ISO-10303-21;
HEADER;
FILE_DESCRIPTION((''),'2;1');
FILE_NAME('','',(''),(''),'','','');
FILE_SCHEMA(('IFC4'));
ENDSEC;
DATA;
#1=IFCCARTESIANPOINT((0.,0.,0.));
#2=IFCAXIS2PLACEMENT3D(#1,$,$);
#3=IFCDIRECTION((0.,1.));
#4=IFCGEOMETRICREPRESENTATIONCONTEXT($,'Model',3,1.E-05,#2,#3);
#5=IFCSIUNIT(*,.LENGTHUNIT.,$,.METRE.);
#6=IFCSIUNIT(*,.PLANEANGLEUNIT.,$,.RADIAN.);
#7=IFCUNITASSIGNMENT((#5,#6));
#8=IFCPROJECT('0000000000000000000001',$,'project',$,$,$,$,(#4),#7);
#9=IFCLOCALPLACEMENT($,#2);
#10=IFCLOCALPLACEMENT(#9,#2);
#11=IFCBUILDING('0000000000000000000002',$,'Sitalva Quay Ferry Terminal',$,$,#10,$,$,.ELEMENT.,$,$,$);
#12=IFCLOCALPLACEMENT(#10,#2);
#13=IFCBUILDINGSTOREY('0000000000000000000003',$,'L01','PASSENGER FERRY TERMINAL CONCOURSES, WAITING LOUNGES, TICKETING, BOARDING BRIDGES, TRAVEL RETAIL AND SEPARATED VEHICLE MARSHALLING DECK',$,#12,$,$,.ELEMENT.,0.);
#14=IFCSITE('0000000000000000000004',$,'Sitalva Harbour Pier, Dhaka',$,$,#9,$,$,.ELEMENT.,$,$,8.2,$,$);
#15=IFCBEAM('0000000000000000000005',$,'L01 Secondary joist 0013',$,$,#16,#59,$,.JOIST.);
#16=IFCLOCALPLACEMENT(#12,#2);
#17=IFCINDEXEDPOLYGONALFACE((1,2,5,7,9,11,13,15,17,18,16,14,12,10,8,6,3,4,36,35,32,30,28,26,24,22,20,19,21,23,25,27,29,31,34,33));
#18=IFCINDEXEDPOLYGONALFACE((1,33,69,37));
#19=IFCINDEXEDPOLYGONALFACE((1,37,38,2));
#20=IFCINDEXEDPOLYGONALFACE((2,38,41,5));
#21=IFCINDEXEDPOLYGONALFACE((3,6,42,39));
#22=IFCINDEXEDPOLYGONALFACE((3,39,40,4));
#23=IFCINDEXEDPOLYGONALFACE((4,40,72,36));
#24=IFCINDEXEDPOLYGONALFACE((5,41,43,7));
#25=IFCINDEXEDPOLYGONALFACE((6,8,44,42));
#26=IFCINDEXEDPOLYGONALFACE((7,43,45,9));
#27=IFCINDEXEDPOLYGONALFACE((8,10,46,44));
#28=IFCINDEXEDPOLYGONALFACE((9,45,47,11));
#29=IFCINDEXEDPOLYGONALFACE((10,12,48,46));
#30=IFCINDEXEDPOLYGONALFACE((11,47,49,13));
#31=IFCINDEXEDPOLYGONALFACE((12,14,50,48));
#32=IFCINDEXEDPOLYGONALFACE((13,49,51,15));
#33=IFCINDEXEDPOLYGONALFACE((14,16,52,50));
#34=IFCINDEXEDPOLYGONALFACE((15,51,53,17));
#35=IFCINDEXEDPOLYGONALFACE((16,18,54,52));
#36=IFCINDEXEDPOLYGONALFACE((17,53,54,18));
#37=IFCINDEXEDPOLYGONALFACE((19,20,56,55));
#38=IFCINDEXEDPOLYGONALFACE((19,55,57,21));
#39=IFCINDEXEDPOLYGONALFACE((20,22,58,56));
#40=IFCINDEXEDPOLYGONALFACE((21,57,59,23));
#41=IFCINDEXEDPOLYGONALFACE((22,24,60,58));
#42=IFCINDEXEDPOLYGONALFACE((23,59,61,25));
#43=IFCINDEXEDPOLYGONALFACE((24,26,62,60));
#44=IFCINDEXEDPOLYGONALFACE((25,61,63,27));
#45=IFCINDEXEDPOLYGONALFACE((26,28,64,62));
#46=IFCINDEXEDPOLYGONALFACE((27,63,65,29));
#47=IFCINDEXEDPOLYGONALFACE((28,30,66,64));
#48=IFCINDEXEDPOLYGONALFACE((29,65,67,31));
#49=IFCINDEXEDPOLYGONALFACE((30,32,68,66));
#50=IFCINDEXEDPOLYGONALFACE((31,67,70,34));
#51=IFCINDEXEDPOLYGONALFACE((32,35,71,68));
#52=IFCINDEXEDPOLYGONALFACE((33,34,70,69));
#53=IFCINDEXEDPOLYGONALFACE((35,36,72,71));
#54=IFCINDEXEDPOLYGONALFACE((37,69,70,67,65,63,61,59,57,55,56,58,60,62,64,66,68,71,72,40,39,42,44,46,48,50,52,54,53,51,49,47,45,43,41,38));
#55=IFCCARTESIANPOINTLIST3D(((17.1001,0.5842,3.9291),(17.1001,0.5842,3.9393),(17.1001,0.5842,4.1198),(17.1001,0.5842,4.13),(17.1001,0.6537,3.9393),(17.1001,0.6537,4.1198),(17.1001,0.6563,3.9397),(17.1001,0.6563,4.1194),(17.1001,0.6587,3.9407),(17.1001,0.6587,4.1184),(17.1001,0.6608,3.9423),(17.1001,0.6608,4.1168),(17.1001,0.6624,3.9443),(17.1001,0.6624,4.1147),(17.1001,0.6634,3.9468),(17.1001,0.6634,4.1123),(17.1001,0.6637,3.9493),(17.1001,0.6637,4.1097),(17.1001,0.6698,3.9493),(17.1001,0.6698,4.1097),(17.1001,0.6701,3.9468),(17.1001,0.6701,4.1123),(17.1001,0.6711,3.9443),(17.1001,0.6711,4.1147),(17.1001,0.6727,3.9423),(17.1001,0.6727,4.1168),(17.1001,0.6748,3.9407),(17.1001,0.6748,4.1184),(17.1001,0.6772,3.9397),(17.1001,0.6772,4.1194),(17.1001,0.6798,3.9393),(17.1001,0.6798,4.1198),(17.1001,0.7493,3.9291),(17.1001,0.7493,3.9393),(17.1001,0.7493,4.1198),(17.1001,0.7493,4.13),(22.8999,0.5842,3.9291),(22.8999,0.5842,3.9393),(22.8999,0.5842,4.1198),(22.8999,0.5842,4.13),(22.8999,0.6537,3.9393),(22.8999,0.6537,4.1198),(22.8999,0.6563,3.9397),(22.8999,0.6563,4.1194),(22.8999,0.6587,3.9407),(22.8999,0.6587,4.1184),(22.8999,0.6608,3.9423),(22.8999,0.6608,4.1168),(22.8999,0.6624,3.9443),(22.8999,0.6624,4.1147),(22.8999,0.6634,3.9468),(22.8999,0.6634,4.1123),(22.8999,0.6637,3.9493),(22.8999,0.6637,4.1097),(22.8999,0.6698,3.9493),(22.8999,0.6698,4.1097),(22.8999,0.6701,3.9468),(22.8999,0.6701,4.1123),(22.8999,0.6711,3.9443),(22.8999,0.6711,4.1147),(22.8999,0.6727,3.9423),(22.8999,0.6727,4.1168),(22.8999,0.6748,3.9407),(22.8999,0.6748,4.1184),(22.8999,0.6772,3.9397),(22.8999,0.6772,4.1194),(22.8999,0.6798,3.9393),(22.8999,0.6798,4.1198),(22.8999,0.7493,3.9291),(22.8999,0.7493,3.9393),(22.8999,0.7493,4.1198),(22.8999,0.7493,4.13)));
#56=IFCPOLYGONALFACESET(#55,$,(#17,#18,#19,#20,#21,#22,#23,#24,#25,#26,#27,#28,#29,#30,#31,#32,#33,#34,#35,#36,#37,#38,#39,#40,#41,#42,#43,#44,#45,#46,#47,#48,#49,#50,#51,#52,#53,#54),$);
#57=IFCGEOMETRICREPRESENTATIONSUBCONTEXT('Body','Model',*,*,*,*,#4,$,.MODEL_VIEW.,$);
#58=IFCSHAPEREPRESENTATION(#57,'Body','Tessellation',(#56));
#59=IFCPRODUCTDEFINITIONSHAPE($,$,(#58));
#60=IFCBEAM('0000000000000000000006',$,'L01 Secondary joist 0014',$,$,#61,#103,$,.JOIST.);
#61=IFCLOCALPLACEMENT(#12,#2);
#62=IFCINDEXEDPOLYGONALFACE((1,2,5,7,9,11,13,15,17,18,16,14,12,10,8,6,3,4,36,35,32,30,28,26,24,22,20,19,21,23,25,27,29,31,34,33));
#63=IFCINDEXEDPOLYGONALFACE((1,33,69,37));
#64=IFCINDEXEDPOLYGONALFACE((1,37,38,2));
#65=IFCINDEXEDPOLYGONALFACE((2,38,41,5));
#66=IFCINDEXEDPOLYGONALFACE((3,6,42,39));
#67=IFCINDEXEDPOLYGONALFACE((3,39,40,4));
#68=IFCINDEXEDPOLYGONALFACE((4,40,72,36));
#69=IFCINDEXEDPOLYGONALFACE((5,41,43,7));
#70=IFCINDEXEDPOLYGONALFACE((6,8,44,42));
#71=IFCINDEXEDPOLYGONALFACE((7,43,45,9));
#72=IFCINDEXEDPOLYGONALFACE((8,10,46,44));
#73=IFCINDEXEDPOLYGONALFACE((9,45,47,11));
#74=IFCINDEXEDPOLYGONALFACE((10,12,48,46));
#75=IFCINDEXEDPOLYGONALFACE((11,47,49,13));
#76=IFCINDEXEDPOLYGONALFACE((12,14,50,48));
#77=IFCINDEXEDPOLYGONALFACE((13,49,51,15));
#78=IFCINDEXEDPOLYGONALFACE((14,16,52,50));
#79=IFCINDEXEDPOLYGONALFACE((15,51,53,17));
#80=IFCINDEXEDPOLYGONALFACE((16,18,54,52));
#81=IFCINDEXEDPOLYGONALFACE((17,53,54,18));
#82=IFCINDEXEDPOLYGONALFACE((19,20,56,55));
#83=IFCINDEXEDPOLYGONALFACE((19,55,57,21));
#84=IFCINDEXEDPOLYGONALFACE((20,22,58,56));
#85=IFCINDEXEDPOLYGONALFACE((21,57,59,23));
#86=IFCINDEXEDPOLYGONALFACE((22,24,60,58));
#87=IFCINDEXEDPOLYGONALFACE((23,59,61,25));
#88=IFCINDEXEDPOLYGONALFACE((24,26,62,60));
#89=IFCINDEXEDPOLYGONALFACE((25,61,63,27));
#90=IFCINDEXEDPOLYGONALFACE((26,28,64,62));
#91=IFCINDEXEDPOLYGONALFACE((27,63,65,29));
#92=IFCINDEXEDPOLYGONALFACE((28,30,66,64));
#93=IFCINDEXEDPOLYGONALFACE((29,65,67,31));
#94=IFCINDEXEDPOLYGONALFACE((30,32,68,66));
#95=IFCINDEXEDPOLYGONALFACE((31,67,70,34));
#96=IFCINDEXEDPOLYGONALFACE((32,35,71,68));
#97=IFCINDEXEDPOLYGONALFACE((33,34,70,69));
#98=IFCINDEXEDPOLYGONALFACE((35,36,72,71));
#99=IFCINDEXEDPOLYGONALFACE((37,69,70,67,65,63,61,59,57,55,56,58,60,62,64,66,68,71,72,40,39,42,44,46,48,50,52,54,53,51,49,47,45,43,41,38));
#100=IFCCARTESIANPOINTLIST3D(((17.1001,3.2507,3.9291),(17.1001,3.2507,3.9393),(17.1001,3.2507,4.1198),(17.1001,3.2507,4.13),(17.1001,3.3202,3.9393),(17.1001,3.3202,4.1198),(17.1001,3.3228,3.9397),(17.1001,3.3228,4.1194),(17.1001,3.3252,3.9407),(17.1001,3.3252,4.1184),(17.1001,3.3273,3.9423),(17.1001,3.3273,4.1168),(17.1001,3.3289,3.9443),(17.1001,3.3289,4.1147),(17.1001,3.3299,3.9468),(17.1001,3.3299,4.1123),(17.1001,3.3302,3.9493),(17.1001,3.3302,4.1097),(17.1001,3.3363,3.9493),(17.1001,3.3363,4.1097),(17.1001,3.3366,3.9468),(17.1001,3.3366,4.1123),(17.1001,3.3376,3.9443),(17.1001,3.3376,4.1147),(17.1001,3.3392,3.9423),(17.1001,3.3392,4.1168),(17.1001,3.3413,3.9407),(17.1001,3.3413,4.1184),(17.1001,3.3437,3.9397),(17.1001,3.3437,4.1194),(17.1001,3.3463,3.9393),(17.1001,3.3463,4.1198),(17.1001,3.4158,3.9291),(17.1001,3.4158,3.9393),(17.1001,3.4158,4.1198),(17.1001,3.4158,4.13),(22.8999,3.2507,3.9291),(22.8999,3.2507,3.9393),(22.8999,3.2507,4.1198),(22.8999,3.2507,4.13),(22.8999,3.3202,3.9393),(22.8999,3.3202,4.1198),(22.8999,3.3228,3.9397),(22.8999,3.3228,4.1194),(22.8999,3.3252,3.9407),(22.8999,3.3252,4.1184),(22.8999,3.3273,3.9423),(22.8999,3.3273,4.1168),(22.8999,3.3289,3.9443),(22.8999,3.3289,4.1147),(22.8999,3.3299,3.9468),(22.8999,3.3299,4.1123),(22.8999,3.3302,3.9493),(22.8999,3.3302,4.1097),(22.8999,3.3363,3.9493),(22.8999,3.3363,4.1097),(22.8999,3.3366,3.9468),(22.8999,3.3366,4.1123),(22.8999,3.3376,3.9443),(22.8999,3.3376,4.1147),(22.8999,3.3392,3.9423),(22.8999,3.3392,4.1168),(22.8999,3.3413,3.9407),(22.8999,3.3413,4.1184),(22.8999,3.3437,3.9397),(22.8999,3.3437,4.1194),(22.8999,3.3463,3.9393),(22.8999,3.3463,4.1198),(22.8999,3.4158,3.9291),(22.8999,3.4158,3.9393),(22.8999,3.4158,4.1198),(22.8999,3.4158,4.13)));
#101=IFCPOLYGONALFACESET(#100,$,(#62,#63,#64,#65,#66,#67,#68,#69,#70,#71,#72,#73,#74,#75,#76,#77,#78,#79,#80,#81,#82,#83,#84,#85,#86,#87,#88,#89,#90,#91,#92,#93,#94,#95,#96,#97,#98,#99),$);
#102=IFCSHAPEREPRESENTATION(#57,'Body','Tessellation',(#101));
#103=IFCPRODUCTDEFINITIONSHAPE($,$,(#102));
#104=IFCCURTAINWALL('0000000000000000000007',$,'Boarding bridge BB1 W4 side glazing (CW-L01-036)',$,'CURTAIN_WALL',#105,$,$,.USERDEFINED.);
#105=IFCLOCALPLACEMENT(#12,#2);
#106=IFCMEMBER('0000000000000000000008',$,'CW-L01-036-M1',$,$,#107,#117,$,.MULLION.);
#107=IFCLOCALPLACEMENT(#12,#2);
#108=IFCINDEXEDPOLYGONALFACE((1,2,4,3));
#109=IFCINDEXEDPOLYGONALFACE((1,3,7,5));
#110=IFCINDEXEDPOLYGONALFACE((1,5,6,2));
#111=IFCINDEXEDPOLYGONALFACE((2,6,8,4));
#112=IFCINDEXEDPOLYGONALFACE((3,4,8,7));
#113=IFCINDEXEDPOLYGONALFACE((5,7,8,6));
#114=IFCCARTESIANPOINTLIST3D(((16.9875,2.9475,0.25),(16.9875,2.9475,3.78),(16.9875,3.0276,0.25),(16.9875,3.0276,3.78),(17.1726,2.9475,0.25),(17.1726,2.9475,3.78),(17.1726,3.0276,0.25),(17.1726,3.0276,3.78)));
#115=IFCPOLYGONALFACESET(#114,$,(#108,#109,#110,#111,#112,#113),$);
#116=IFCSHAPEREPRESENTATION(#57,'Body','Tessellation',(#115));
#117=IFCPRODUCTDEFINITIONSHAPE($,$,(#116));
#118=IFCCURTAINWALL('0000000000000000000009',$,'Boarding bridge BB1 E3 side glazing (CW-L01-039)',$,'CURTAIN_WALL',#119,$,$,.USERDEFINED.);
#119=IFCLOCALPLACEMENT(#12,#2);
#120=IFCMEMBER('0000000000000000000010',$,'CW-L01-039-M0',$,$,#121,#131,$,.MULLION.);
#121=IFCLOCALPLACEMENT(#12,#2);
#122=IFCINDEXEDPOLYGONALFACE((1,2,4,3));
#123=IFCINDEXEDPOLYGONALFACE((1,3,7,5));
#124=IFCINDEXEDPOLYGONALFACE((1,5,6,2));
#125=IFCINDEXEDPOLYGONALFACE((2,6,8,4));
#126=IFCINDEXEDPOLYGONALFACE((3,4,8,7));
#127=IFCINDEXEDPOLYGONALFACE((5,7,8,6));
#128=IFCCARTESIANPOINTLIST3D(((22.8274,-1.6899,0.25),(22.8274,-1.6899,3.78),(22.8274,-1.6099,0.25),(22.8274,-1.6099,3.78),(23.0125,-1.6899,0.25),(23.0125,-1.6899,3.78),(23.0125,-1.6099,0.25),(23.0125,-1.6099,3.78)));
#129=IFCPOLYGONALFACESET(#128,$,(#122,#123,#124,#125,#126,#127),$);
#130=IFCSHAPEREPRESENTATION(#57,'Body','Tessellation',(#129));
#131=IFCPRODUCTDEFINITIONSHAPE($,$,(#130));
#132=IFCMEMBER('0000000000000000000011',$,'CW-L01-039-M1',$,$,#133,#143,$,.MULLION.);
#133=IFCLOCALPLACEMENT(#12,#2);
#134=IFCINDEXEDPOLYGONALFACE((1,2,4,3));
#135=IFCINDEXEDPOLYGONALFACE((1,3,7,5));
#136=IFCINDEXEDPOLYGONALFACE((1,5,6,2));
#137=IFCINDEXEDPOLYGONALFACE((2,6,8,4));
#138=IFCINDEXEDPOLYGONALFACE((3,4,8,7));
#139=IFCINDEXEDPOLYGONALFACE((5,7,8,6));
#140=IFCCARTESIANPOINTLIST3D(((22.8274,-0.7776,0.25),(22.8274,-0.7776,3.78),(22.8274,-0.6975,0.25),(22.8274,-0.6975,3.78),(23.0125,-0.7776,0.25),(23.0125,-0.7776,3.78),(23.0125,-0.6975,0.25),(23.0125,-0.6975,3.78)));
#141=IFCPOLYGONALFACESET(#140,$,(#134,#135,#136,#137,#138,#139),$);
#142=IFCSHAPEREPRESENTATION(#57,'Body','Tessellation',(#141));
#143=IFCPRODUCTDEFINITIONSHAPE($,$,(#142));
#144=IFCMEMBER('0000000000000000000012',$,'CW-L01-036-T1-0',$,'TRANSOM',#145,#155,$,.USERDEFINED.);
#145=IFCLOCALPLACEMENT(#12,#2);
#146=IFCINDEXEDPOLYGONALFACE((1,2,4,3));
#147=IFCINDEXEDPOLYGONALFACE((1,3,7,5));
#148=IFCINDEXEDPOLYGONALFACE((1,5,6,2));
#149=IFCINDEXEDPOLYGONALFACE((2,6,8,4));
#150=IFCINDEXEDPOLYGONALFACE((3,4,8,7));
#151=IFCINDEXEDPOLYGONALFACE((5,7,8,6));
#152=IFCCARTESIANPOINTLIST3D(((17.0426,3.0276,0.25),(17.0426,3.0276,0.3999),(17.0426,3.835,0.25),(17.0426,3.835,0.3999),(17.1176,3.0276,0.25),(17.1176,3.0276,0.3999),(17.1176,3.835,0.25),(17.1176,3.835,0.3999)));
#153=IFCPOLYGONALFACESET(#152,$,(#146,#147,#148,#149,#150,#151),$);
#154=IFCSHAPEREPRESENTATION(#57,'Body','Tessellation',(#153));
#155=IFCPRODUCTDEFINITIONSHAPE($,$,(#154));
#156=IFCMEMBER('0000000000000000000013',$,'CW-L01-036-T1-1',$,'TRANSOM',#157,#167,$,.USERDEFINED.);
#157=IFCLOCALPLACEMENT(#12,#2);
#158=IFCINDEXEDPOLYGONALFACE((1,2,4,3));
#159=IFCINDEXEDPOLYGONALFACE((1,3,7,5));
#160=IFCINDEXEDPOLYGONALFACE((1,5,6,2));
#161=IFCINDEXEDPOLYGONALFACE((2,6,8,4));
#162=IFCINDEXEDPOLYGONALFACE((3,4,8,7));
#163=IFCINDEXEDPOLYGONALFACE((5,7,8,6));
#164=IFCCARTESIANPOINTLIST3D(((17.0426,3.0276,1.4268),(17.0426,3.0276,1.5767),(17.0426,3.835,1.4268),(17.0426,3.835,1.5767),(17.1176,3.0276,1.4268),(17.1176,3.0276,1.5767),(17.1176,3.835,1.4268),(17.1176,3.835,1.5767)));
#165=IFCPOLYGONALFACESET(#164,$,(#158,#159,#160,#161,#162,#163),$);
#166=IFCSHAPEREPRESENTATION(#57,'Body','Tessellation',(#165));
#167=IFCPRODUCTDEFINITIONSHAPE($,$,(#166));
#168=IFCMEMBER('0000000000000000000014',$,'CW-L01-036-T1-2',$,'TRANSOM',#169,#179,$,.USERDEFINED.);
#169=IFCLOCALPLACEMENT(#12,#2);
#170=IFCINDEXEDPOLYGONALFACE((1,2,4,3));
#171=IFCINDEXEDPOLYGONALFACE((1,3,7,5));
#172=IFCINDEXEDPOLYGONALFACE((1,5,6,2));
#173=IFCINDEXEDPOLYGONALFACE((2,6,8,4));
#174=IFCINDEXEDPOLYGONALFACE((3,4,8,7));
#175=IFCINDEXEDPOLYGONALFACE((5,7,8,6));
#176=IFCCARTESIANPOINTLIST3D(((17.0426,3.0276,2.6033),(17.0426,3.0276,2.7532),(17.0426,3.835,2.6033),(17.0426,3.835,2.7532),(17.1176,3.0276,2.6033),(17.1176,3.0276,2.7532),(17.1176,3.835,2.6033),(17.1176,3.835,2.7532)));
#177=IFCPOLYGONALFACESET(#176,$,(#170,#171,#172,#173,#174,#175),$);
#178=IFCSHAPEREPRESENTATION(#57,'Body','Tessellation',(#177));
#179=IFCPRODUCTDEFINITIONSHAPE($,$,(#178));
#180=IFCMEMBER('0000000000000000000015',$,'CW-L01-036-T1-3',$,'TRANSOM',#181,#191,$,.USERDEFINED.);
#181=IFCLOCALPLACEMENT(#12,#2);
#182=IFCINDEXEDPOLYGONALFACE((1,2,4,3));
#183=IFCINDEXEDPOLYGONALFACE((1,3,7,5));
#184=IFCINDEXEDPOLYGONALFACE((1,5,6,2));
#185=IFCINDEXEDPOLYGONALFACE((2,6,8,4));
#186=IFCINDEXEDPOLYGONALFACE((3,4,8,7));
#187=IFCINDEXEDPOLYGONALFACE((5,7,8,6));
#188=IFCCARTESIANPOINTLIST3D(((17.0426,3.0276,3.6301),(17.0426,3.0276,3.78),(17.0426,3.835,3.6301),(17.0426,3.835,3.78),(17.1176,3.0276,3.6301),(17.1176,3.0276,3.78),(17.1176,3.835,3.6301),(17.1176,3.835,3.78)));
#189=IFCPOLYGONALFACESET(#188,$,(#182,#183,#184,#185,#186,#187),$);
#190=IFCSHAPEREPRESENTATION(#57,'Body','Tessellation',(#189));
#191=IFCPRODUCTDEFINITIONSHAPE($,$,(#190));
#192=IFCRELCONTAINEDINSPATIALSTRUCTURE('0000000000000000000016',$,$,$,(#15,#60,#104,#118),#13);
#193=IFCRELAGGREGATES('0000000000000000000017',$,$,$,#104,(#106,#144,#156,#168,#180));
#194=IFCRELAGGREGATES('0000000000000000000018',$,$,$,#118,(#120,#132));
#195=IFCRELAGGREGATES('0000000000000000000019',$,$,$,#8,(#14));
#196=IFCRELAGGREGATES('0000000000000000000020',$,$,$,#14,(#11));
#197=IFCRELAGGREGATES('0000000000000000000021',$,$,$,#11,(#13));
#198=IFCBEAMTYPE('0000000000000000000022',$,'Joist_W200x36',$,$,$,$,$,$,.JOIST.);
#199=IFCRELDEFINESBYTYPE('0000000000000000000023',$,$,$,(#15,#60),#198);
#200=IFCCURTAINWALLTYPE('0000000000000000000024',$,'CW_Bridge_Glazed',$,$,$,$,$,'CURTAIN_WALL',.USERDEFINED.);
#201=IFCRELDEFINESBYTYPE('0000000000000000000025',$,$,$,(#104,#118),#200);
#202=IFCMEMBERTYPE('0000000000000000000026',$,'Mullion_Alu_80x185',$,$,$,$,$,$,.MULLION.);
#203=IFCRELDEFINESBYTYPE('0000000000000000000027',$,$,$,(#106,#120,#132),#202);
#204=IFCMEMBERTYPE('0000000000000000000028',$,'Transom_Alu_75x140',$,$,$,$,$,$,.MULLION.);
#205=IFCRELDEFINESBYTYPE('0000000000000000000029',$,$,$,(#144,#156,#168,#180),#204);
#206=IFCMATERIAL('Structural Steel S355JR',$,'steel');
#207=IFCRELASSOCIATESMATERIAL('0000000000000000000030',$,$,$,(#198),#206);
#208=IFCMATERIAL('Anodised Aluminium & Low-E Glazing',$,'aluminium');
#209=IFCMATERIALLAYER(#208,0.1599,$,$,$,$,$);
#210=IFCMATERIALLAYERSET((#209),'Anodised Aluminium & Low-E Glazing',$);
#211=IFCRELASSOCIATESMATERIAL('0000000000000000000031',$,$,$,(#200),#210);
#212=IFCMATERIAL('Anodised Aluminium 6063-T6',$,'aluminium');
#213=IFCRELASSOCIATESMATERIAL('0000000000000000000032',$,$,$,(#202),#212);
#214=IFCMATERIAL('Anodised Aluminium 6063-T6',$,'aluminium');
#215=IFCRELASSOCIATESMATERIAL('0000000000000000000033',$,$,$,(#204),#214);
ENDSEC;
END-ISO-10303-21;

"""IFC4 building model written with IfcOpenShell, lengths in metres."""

from ifc_helpers import new_model, si_unit, direction, frame, origin, origin_2d, place, context, subcontext, project, spatial, rectangle, i_section, extrude, material, layer, layer_set, material_profile, profile_set, type_object, element, aggregate, save


model = new_model("IFC4")

# Units and contexts
model_context = context("Model", 3, precision=1e-05, world=origin(), true_north=direction((0.0, 1.0)))
body_context = subcontext(model_context, "Body", "Model", "MODEL_VIEW")
ifc_project = project(units=[si_unit("LENGTHUNIT", "METRE"), si_unit("PLANEANGLEUNIT", "RADIAN")], contexts=[model_context])

# Site, building, storey
site_placement = place(None, origin())
site = spatial("IfcSite", under=ifc_project, at=site_placement, Name="Sitalva Harbour Pier, Dhaka", CompositionType="ELEMENT", RefElevation=8.2)
building_placement = place(site_placement, origin())
building = spatial("IfcBuilding", under=site, at=building_placement, Name="Sitalva Quay Ferry Terminal", CompositionType="ELEMENT")
storey_placement = place(building_placement, origin())
storey = spatial("IfcBuildingStorey", under=building, at=storey_placement, Name="L01", Description="PASSENGER FERRY TERMINAL CONCOURSES, WAITING LOUNGES, TICKETING, BOARDING BRIDGES, TRAVEL RETAIL AND SEPARATED VEHICLE MARSHALLING DECK", CompositionType="ELEMENT", Elevation=0.0)

# Beams
ifc_material_1 = material(Name="Structural Steel S355JR", Category="steel")
ifc_material_profile_1 = material_profile(ifc_material_1, i_section(OverallWidth=0.165, OverallDepth=0.2009, WebThickness=0.0061, FlangeThickness=0.0103, FilletRadius=0.01, at=origin_2d()), Name="W200x36")
ifc_profile_set_1 = profile_set([ifc_material_profile_1], Name="Structural Steel S355JR")
beam_type = type_object("IfcBeamType", Name="Joist_W200x36", PredefinedType="JOIST", material=ifc_profile_set_1)
for number, where, z_axis, x_axis, name in (
    (1, (17.1001, 0.6667, 4.0295), (1.0, 0.0, 0.0), (0.0, 1.0, 0.0), "L01 Secondary joist 0013"),
    (2, (17.1001, 3.3333, 4.0295), (1.0, 0.0, 0.0), (0.0, 1.0, 0.0), "L01 Secondary joist 0014"),
):
    element("IfcBeam", number, at=place(storey_placement, frame(where, z_axis=z_axis, x_axis=x_axis)), inside=storey, type_object=beam_type, Name=name, PredefinedType="JOIST", context=body_context, shape_type="SweptSolid", body=[
        extrude(i_section(OverallWidth=0.165, OverallDepth=0.2009, WebThickness=0.0061, FlangeThickness=0.0103, FilletRadius=0.01, at=origin_2d()), origin(), (0.0, 0.0, 1.0), 5.7998),
    ])

# Curtain wall, member
ifc_material_2 = material(Name="Anodised Aluminium & Low-E Glazing", Category="aluminium")
ifc_layer_1 = layer(ifc_material_2, 0.1599)
ifc_layer_set_1 = layer_set([ifc_layer_1], Name="Anodised Aluminium & Low-E Glazing")
curtain_wall_type = type_object("IfcCurtainWallType", Name="CW_Bridge_Glazed", ElementType="CURTAIN_WALL", PredefinedType="USERDEFINED", material=ifc_layer_set_1)
curtain_wall_1_placement = place(storey_placement, origin())
curtain_wall_1 = element("IfcCurtainWall", 3, at=curtain_wall_1_placement, inside=storey, type_object=curtain_wall_type, Name="Boarding bridge BB1 W4 side glazing (CW-L01-036)", ObjectType="CURTAIN_WALL", PredefinedType="USERDEFINED")
ifc_material_3 = material(Name="Anodised Aluminium 6063-T6", Category="aluminium")
ifc_material_profile_2 = material_profile(ifc_material_3, rectangle(XDim=0.0801, YDim=0.1851, at=origin_2d()), Name="ALU80x185")
ifc_profile_set_2 = profile_set([ifc_material_profile_2], Name="Anodised Aluminium 6063-T6")
member_type_1 = type_object("IfcMemberType", Name="Mullion_Alu_80x185", PredefinedType="MULLION", material=ifc_profile_set_2)
member_1_placement = place(storey_placement, frame((17.0801, 2.9875, 0.25), z_axis=(0.0, 0.0, 1.0), x_axis=(0.0, 1.0, 0.0)))
member_1 = element("IfcMember", 4, at=member_1_placement, type_object=member_type_1, Name="CW-L01-036-M1", PredefinedType="MULLION", context=body_context, shape_type="SweptSolid", body=[
    extrude(rectangle(XDim=0.0801, YDim=0.1851, at=origin_2d()), origin(), (0.0, 0.0, 1.0), 3.53),
])

# Curtain wall, members
curtain_wall_2_placement = place(storey_placement, origin())
curtain_wall_2 = element("IfcCurtainWall", 5, at=curtain_wall_2_placement, inside=storey, type_object=curtain_wall_type, Name="Boarding bridge BB1 E3 side glazing (CW-L01-039)", ObjectType="CURTAIN_WALL", PredefinedType="USERDEFINED")
member_2_placement = place(storey_placement, frame((22.9199, -1.6499, 0.25), z_axis=(0.0, 0.0, 1.0), x_axis=(0.0, 1.0, 0.0)))
member_2 = element("IfcMember", 6, at=member_2_placement, type_object=member_type_1, Name="CW-L01-039-M0", PredefinedType="MULLION", context=body_context, shape_type="SweptSolid", body=[
    extrude(rectangle(XDim=0.0801, YDim=0.1851, at=origin_2d()), origin(), (0.0, 0.0, 1.0), 3.53),
])
member_3_placement = place(storey_placement, frame((22.9199, -0.7375, 0.25), z_axis=(0.0, 0.0, 1.0), x_axis=(0.0, 1.0, 0.0)))
member_3 = element("IfcMember", 7, at=member_3_placement, type_object=member_type_1, Name="CW-L01-039-M1", PredefinedType="MULLION", context=body_context, shape_type="SweptSolid", body=[
    extrude(rectangle(XDim=0.0801, YDim=0.1851, at=origin_2d()), origin(), (0.0, 0.0, 1.0), 3.53),
])

# Members
ifc_material_4 = material(Name="Anodised Aluminium 6063-T6", Category="aluminium")
ifc_material_profile_3 = material_profile(ifc_material_4, rectangle(XDim=0.075, YDim=0.1499, at=origin_2d()), Name="ALU75x150")
ifc_profile_set_3 = profile_set([ifc_material_profile_3], Name="Anodised Aluminium 6063-T6")
member_type_2 = type_object("IfcMemberType", Name="Transom_Alu_75x140", PredefinedType="MULLION", material=ifc_profile_set_3)
member_4_placement = place(storey_placement, frame((17.0801, 3.0276, 0.325), z_axis=(0.0, 1.0, 0.0), x_axis=(-1.0, 0.0, 0.0)))
member_4 = element("IfcMember", 8, at=member_4_placement, type_object=member_type_2, Name="CW-L01-036-T1-0", ObjectType="TRANSOM", PredefinedType="USERDEFINED", context=body_context, shape_type="SweptSolid", body=[
    extrude(rectangle(XDim=0.075, YDim=0.1499, at=origin_2d()), origin(), (0.0, 0.0, 1.0), 0.8074),
])
member_5_placement = place(storey_placement, frame((17.0801, 3.0276, 1.5017), z_axis=(0.0, 1.0, 0.0), x_axis=(-1.0, 0.0, 0.0)))
member_5 = element("IfcMember", 9, at=member_5_placement, type_object=member_type_2, Name="CW-L01-036-T1-1", ObjectType="TRANSOM", PredefinedType="USERDEFINED", context=body_context, shape_type="SweptSolid", body=[
    extrude(rectangle(XDim=0.075, YDim=0.1499, at=origin_2d()), origin(), (0.0, 0.0, 1.0), 0.8074),
])
member_6_placement = place(storey_placement, frame((17.0801, 3.0276, 2.6782), z_axis=(0.0, 1.0, 0.0), x_axis=(-1.0, 0.0, 0.0)))
member_6 = element("IfcMember", 10, at=member_6_placement, type_object=member_type_2, Name="CW-L01-036-T1-2", ObjectType="TRANSOM", PredefinedType="USERDEFINED", context=body_context, shape_type="SweptSolid", body=[
    extrude(rectangle(XDim=0.075, YDim=0.1499, at=origin_2d()), origin(), (0.0, 0.0, 1.0), 0.8074),
])
member_7_placement = place(storey_placement, frame((17.0801, 3.0276, 3.7051), z_axis=(0.0, 1.0, 0.0), x_axis=(-1.0, 0.0, 0.0)))
member_7 = element("IfcMember", 11, at=member_7_placement, type_object=member_type_2, Name="CW-L01-036-T1-3", ObjectType="TRANSOM", PredefinedType="USERDEFINED", context=body_context, shape_type="SweptSolid", body=[
    extrude(rectangle(XDim=0.075, YDim=0.1499, at=origin_2d()), origin(), (0.0, 0.0, 1.0), 0.8074),
])

aggregate(curtain_wall_1, [member_1, member_4, member_5, member_6, member_7])
aggregate(curtain_wall_2, [member_2, member_3])

save(model, "model.ifc")
